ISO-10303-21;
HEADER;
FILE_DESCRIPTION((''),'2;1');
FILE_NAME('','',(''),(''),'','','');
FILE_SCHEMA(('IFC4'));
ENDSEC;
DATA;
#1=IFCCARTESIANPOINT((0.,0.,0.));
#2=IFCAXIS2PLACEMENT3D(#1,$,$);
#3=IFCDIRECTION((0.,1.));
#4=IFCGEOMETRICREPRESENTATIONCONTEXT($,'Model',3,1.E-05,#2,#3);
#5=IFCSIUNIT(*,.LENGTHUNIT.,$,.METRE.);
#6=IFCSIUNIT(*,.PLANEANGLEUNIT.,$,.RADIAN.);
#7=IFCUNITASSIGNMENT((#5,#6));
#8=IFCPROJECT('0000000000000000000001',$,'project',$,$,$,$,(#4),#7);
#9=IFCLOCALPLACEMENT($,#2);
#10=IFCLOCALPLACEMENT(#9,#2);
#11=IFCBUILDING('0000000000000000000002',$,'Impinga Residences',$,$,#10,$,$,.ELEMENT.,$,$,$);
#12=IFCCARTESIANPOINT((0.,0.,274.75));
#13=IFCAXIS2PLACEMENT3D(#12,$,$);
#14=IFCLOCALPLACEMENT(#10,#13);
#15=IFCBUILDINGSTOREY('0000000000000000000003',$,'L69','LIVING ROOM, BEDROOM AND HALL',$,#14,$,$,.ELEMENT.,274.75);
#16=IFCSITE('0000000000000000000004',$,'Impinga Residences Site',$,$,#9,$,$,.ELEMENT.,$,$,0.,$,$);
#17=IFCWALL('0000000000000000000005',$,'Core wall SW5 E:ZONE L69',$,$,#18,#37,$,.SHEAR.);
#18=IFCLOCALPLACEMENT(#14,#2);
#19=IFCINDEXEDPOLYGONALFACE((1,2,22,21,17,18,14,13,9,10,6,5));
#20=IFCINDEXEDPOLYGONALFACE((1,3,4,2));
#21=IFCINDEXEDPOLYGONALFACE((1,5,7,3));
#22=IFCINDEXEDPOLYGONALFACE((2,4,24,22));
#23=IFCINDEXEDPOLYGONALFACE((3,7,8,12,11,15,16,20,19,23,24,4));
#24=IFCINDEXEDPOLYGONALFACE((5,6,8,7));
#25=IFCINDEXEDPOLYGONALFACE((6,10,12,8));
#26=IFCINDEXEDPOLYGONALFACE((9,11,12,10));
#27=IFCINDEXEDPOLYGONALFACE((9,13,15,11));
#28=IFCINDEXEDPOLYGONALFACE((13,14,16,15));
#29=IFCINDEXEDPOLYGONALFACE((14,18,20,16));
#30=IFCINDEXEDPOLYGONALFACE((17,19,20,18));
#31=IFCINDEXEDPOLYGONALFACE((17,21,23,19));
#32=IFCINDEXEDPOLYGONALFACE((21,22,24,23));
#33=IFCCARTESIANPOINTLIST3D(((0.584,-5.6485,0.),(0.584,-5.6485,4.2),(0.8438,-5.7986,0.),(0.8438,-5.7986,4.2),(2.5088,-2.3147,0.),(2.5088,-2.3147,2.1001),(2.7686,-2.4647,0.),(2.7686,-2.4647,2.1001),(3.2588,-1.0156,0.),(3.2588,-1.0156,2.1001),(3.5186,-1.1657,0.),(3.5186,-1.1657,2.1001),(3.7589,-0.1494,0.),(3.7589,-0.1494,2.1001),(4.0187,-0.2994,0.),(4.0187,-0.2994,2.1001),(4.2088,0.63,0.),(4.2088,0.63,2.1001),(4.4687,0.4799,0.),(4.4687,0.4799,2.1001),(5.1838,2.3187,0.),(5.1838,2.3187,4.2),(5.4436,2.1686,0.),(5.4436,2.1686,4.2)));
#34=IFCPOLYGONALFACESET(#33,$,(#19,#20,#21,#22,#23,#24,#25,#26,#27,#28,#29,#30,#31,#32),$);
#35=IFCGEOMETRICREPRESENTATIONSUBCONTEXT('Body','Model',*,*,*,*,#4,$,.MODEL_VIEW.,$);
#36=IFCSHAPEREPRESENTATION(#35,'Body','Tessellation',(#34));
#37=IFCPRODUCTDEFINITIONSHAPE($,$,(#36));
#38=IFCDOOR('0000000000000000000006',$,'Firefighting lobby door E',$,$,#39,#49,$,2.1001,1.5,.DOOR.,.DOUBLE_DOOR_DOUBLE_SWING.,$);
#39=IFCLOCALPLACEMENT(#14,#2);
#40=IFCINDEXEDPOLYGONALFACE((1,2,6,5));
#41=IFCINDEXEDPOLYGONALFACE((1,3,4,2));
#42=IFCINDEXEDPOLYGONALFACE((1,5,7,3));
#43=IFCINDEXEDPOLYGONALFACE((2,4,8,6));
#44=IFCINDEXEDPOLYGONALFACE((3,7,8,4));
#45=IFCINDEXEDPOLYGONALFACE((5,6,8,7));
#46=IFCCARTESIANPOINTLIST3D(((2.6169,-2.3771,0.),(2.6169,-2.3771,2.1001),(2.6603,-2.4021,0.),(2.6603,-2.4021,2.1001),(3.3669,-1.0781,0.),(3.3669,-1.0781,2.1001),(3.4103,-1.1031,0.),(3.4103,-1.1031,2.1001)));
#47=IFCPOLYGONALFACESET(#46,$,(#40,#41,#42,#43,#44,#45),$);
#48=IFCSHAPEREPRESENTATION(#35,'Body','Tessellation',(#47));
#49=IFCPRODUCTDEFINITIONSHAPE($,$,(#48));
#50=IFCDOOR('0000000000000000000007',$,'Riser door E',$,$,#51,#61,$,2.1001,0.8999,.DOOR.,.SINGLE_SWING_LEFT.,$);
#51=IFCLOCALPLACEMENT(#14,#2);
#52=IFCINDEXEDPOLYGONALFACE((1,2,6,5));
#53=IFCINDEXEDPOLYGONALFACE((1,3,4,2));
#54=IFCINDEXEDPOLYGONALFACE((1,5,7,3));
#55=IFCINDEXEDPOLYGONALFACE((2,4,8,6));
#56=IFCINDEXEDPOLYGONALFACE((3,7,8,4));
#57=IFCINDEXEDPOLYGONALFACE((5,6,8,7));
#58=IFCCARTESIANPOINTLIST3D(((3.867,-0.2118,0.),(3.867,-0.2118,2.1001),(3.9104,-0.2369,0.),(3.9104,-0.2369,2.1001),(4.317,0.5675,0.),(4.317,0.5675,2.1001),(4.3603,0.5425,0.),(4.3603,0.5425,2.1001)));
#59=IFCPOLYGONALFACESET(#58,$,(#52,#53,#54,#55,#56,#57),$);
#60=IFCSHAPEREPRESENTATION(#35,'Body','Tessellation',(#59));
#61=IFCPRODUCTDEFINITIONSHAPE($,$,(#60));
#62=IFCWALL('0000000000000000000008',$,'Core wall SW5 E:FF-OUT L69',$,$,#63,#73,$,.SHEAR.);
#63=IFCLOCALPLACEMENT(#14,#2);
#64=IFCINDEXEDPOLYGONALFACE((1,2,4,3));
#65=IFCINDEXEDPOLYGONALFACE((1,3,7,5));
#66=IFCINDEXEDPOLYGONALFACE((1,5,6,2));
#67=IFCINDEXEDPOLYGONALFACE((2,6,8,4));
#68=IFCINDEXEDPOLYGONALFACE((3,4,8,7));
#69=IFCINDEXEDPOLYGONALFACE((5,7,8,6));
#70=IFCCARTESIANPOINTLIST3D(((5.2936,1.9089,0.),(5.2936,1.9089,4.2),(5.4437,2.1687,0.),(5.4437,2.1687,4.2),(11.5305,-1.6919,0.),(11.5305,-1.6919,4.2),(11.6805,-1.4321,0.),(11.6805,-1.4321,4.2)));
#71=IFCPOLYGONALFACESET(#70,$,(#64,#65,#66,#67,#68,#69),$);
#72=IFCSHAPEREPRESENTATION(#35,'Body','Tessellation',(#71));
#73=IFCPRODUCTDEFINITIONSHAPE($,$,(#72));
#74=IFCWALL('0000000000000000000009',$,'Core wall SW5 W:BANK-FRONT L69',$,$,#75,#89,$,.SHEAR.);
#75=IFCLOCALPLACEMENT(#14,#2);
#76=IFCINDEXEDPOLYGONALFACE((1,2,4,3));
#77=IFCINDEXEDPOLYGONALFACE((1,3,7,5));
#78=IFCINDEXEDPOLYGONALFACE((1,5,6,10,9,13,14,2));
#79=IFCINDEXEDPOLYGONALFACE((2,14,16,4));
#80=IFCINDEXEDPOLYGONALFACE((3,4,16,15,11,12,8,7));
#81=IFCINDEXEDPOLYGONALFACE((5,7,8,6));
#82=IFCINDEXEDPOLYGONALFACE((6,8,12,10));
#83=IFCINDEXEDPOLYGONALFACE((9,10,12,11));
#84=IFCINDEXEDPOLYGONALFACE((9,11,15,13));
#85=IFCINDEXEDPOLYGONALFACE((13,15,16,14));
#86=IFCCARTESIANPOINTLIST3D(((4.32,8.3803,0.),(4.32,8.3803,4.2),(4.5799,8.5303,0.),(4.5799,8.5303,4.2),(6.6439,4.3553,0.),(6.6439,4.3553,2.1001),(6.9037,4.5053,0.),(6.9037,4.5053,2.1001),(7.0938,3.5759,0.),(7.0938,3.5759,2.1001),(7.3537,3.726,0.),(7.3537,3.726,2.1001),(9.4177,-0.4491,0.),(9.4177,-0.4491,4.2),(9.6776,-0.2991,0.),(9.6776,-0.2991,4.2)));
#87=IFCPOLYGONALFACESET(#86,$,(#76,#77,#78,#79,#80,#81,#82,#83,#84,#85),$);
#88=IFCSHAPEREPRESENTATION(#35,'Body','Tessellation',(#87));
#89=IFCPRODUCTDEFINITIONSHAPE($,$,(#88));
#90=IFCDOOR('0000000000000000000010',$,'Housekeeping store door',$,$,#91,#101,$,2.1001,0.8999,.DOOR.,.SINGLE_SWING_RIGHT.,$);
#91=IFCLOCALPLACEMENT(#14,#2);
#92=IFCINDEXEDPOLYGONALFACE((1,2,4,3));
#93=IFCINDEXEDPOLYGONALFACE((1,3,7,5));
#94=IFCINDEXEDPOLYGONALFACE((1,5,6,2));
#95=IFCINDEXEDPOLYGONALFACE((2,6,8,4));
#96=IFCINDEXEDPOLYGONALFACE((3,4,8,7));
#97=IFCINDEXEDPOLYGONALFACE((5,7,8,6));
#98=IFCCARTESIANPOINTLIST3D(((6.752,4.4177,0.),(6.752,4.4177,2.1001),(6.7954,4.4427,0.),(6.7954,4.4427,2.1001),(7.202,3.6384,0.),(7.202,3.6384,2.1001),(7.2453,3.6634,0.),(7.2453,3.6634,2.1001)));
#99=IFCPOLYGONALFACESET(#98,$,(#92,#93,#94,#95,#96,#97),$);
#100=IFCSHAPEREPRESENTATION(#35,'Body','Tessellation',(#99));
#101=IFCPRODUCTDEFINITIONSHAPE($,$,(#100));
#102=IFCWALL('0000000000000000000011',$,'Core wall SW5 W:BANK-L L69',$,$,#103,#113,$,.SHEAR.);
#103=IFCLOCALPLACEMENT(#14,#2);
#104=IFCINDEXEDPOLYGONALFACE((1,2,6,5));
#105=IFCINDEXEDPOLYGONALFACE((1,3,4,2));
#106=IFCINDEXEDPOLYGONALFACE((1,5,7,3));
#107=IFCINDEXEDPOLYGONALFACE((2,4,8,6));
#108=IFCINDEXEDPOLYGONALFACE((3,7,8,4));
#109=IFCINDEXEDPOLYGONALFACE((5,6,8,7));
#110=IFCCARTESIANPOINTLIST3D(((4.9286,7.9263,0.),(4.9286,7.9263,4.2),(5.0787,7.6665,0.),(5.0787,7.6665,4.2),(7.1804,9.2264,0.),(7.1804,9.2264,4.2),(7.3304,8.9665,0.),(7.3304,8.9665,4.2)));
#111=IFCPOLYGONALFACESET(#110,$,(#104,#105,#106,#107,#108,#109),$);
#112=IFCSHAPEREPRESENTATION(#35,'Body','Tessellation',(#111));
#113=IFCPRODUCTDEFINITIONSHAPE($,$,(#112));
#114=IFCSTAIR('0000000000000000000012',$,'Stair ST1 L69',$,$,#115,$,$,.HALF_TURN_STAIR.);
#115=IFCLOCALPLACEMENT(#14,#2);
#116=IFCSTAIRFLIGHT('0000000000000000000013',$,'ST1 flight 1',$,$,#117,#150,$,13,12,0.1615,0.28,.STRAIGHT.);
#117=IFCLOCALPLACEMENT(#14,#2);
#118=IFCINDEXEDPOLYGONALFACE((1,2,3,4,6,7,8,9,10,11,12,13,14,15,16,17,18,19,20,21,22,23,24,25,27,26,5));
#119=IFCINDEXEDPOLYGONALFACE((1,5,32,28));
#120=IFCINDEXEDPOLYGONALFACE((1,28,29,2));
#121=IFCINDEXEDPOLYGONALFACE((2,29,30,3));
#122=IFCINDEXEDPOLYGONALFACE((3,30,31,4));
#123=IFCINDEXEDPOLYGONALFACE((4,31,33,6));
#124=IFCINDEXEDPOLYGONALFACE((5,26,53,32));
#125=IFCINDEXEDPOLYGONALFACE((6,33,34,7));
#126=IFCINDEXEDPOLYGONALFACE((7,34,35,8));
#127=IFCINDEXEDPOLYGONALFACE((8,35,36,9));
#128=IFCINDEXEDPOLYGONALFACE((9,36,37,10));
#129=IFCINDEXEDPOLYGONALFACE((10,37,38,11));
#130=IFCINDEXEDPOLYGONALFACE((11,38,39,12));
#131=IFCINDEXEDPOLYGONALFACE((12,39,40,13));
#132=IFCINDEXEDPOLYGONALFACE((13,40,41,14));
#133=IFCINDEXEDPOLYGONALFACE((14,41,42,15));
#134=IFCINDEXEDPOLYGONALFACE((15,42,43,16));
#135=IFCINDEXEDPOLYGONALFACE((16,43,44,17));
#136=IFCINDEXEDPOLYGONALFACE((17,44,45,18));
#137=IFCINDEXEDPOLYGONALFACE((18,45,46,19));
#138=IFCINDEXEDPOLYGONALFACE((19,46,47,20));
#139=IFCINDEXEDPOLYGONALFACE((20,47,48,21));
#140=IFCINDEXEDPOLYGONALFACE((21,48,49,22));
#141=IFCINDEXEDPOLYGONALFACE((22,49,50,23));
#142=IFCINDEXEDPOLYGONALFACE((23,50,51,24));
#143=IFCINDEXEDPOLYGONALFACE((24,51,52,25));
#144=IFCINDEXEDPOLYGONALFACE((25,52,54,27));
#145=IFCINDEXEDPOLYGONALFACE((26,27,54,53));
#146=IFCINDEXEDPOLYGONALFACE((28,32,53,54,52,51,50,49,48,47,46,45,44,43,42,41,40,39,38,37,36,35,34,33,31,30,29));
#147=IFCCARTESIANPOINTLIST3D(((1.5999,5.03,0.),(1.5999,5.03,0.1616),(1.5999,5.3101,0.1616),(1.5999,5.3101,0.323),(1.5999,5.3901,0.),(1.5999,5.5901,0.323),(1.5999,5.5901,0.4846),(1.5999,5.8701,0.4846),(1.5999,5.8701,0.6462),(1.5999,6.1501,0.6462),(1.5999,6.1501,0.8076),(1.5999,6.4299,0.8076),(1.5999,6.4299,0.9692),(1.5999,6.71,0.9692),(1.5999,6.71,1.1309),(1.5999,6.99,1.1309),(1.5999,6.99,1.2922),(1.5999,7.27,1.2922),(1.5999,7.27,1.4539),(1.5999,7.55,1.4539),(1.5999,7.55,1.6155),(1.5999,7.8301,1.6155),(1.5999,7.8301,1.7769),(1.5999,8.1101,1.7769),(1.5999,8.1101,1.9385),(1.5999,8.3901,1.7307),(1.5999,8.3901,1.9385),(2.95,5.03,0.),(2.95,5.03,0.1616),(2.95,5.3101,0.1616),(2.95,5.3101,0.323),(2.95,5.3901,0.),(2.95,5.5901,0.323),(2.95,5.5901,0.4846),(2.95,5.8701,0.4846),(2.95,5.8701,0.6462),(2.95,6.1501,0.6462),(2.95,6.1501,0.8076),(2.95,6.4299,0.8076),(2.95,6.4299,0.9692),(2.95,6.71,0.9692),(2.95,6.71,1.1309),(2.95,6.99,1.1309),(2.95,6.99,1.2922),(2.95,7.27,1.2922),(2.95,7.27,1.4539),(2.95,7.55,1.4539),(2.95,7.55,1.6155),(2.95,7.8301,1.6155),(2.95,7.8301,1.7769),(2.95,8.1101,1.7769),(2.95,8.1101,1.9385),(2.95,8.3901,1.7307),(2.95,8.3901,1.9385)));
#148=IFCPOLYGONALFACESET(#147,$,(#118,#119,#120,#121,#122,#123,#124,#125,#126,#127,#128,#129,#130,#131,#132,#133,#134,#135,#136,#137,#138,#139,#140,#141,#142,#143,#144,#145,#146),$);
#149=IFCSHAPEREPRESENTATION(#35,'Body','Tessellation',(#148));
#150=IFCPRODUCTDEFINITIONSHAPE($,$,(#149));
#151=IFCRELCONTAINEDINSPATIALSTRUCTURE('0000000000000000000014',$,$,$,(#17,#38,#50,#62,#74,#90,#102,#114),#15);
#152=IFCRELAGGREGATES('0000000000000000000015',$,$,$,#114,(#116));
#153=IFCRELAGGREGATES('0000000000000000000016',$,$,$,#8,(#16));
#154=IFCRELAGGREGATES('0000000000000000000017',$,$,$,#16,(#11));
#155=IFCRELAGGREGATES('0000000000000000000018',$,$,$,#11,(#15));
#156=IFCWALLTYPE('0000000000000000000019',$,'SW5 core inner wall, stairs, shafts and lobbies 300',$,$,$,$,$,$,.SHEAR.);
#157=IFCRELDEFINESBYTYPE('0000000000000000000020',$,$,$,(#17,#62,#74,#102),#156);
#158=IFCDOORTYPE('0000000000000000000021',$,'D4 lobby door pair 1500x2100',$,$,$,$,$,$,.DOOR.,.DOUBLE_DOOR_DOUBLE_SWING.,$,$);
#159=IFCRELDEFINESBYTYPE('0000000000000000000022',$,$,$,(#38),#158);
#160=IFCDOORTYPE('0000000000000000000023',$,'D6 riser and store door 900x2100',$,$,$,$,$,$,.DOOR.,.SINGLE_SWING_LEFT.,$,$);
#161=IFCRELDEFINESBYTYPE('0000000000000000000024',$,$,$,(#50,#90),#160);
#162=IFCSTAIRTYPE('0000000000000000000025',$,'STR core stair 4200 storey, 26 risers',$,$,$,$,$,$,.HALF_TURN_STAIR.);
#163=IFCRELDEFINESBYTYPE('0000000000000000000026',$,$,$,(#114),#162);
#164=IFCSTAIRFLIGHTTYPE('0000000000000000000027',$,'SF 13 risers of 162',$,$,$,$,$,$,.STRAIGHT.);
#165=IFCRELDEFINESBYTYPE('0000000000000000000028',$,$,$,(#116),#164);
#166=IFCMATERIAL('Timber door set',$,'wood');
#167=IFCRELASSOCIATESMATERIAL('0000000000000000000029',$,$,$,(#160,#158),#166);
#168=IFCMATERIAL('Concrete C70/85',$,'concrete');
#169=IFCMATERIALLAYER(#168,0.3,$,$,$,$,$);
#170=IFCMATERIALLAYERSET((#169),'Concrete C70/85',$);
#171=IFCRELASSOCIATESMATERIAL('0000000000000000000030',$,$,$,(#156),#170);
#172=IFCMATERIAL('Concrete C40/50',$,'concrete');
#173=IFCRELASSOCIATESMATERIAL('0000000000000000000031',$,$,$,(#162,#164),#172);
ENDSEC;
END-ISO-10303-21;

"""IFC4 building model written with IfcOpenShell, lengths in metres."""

from ifc_helpers import new_model, si_unit, direction, frame, frame_2d, origin, place, context, subcontext, project, spatial, polyline, rectangle, outline, extrude, material, layer, layer_set, type_object, element, fill, aggregate, save


model = new_model("IFC4")

# Units and contexts
model_context = context("Model", 3, precision=1e-05, world=origin(), true_north=direction((0.0, 1.0)))
body_context = subcontext(model_context, "Body", "Model", "MODEL_VIEW")
ifc_project = project(units=[si_unit("LENGTHUNIT", "METRE"), si_unit("PLANEANGLEUNIT", "RADIAN")], contexts=[model_context])

# Site, building, storey
site_placement = place(None, origin())
site = spatial("IfcSite", under=ifc_project, at=site_placement, Name="Impinga Residences Site", CompositionType="ELEMENT", RefElevation=0.0)
building_placement = place(site_placement, origin())
building = spatial("IfcBuilding", under=site, at=building_placement, Name="Impinga Residences", CompositionType="ELEMENT")
storey_placement = place(building_placement, frame((0.0, 0.0, 274.75)))
storey = spatial("IfcBuildingStorey", under=building, at=storey_placement, Name="L69", Description="LIVING ROOM, BEDROOM AND HALL", CompositionType="ELEMENT", Elevation=274.75)

# Shared definitions
ifc_material_1 = material(Name="Timber door set", Category="wood")
door_type_1 = type_object("IfcDoorType", Name="D6 riser and store door 900x2100", OperationType="SINGLE_SWING_LEFT", PredefinedType="DOOR", material=ifc_material_1)

# Shared definitions
ifc_material_2 = material(Name="Concrete C70/85", Category="concrete")
ifc_layer_1 = layer(ifc_material_2, 0.3)
ifc_layer_set_1 = layer_set([ifc_layer_1], Name="Concrete C70/85")
wall_type_1 = type_object("IfcWallType", Name="SW5 core inner wall, stairs, shafts and lobbies 300", PredefinedType="SHEAR", material=ifc_layer_set_1)

# Wall, openings, doors
wall_1_placement = place(storey_placement, frame((5.3137, 2.2437, 0.0), z_axis=(0.0, 0.0, 1.0), x_axis=(-0.499995, -0.866028, 0.0)))
wall_1 = element("IfcWall", 1, at=wall_1_placement, inside=storey, type_object=wall_type_1, Name="Core wall SW5 E:ZONE L69", PredefinedType="SHEAR", context=body_context, shape_type="SweptSolid", body=[
    extrude(rectangle(XDim=9.1997, YDim=0.3, at=frame_2d((4.5999, 0.0))), origin(), (0.0, 0.0, 1.0), 4.2),
])
opening_1_placement = place(wall_1_placement, frame((3.8501, 0.0, 0.0)))
opening_1 = element("IfcOpeningElement", 2, at=opening_1_placement, cuts=wall_1, PredefinedType="OPENING", context=body_context, shape_type="SweptSolid", body=[
    extrude(rectangle(XDim=1.5, YDim=2.1001, at=frame_2d((0.75, 1.05))), frame((0.0, 0.1599, 0.0), z_axis=(0.0, -1.0, 0.0), x_axis=(1.0, 0.0, 0.0)), (0.0, 0.0, 1.0), 0.3201),
])
opening_2_placement = place(wall_1_placement, frame((1.95, 0.0, 0.0)))
opening_2 = element("IfcOpeningElement", 3, at=opening_2_placement, cuts=wall_1, PredefinedType="OPENING", context=body_context, shape_type="SweptSolid", body=[
    extrude(rectangle(XDim=0.8999, YDim=2.1001, at=frame_2d((0.45, 1.05))), frame((0.0, 0.1599, 0.0), z_axis=(0.0, -1.0, 0.0), x_axis=(1.0, 0.0, 0.0)), (0.0, 0.0, 1.0), 0.3201),
])
door_type_2 = type_object("IfcDoorType", Name="D4 lobby door pair 1500x2100", OperationType="DOUBLE_DOOR_DOUBLE_SWING", PredefinedType="DOOR", material=ifc_material_1)
door_1_placement = place(opening_1_placement, origin())
door_1 = element("IfcDoor", 4, at=door_1_placement, inside=storey, type_object=door_type_2, Name="Firefighting lobby door E", OperationType="DOUBLE_DOOR_DOUBLE_SWING", OverallHeight=2.1001, OverallWidth=1.5, PredefinedType="DOOR", context=body_context, shape_type="SweptSolid", body=[
    extrude(rectangle(XDim=1.5, YDim=2.1001, at=frame_2d((0.75, 1.05))), frame((0.0, 0.0249, 0.0), z_axis=(0.0, -1.0, 0.0), x_axis=(1.0, 0.0, 0.0)), (0.0, 0.0, 1.0), 0.05),
])
fill(opening_1, door_1)
door_2_placement = place(opening_2_placement, origin())
door_2 = element("IfcDoor", 5, at=door_2_placement, inside=storey, type_object=door_type_1, Name="Riser door E", OperationType="SINGLE_SWING_LEFT", OverallHeight=2.1001, OverallWidth=0.8999, PredefinedType="DOOR", context=body_context, shape_type="SweptSolid", body=[
    extrude(rectangle(XDim=0.8999, YDim=2.1001, at=frame_2d((0.45, 1.05))), frame((0.0, 0.0249, 0.0), z_axis=(0.0, -1.0, 0.0), x_axis=(1.0, 0.0, 0.0)), (0.0, 0.0, 1.0), 0.05),
])
fill(opening_2, door_2)

# Wall
wall_2_placement = place(storey_placement, frame((5.3687, 2.0388, 0.0), z_axis=(0.0, 0.0, 1.0), x_axis=(0.866025, -0.5, 0.0)))
element("IfcWall", 6, at=wall_2_placement, inside=storey, type_object=wall_type_1, Name="Core wall SW5 E:FF-OUT L69", PredefinedType="SHEAR", context=body_context, shape_type="SweptSolid", body=[
    extrude(rectangle(XDim=7.2017, YDim=0.3, at=frame_2d((3.6008, 0.0))), origin(), (0.0, 0.0, 1.0), 4.2),
])

# Wall, opening, door
wall_3_placement = place(storey_placement, frame((4.45, 8.4553, 0.0), z_axis=(0.0, 0.0, 1.0), x_axis=(0.500002, -0.866024, 0.0)))
wall_3 = element("IfcWall", 7, at=wall_3_placement, inside=storey, type_object=wall_type_1, Name="Core wall SW5 W:BANK-FRONT L69", PredefinedType="SHEAR", context=body_context, shape_type="SweptSolid", body=[
    extrude(rectangle(XDim=10.1953, YDim=0.3, at=frame_2d((5.0977, 0.0))), origin(), (0.0, 0.0, 1.0), 4.2),
])
opening_3_placement = place(wall_3_placement, frame((4.6477, 0.0, 0.0)))
opening_3 = element("IfcOpeningElement", 8, at=opening_3_placement, cuts=wall_3, PredefinedType="OPENING", context=body_context, shape_type="SweptSolid", body=[
    extrude(rectangle(XDim=0.8999, YDim=2.1001, at=frame_2d((0.45, 1.05))), frame((0.0, 0.1599, 0.0), z_axis=(0.0, -1.0, 0.0), x_axis=(1.0, 0.0, 0.0)), (0.0, 0.0, 1.0), 0.3201),
])
door_3_placement = place(opening_3_placement, origin())
door_3 = element("IfcDoor", 9, at=door_3_placement, inside=storey, type_object=door_type_1, Name="Housekeeping store door", OperationType="SINGLE_SWING_RIGHT", OverallHeight=2.1001, OverallWidth=0.8999, PredefinedType="DOOR", context=body_context, shape_type="SweptSolid", body=[
    extrude(rectangle(XDim=0.8999, YDim=2.1001, at=frame_2d((0.45, 1.05))), frame((0.0, 0.0249, 0.0), z_axis=(0.0, -1.0, 0.0), x_axis=(1.0, 0.0, 0.0)), (0.0, 0.0, 1.0), 0.05),
])
fill(opening_3, door_3)

# Wall
wall_4_placement = place(storey_placement, frame((5.0037, 7.7964, 0.0), z_axis=(0.0, 0.0, 1.0), x_axis=(0.866021, 0.500007, 0.0)))
element("IfcWall", 10, at=wall_4_placement, inside=storey, type_object=wall_type_1, Name="Core wall SW5 W:BANK-L L69", PredefinedType="SHEAR", context=body_context, shape_type="SweptSolid", body=[
    extrude(rectangle(XDim=2.6001, YDim=0.3, at=frame_2d((1.3, 0.0))), origin(), (0.0, 0.0, 1.0), 4.2),
])

# Stair, stair flight
ifc_material_3 = material(Name="Concrete C40/50", Category="concrete")
stair_type = type_object("IfcStairType", Name="STR core stair 4200 storey, 26 risers", PredefinedType="HALF_TURN_STAIR", material=ifc_material_3)
stair_placement = place(storey_placement, origin())
stair = element("IfcStair", 11, at=stair_placement, inside=storey, type_object=stair_type, Name="Stair ST1 L69", PredefinedType="HALF_TURN_STAIR")
stair_flight_type = type_object("IfcStairFlightType", Name="SF 13 risers of 162", PredefinedType="STRAIGHT", material=ifc_material_3)
stair_flight_1_placement = place(storey_placement, frame((2.2749, 5.03, 0.0), z_axis=(0.0, 0.0, 1.0), x_axis=(0.0, 1.0, 0.0)))
stair_flight_1 = element("IfcStairFlight", 12, at=stair_flight_1_placement, type_object=stair_flight_type, Name="ST1 flight 1", NumberOfRisers=13, NumberOfTreads=12, PredefinedType="STRAIGHT", RiserHeight=0.1615, TreadLength=0.28, context=body_context, shape_type="SweptSolid", body=[
    extrude(outline(polyline([(0.0, 0.0), (0.0, 0.1616), (0.28, 0.1616), (0.28, 0.323), (0.5601, 0.323), (0.5601, 0.4846), (0.8401, 0.4846), (0.8401, 0.6462), (1.1201, 0.6462), (1.1201, 0.8076), (1.3999, 0.8076), (1.3999, 0.9692), (1.6799, 0.9692), (1.6799, 1.1309), (1.96, 1.1309), (1.96, 1.2922), (2.24, 1.2922), (2.24, 1.4539), (2.52, 1.4539), (2.52, 1.6155), (2.8, 1.6155), (2.8, 1.7769), (3.0801, 1.7769), (3.0801, 1.9385), (3.3601, 1.9385), (3.3601, 2.1001), (3.3601, 1.7307), (0.3601, 0.0), (0.0, 0.0)])), frame((0.0, 0.675, 0.0), z_axis=(0.0, -1.0, 0.0), x_axis=(1.0, 0.0, 0.0)), (0.0, 0.0, 1.0), 1.3501),
])
aggregate(stair, [stair_flight_1])

save(model, "model.ifc")
